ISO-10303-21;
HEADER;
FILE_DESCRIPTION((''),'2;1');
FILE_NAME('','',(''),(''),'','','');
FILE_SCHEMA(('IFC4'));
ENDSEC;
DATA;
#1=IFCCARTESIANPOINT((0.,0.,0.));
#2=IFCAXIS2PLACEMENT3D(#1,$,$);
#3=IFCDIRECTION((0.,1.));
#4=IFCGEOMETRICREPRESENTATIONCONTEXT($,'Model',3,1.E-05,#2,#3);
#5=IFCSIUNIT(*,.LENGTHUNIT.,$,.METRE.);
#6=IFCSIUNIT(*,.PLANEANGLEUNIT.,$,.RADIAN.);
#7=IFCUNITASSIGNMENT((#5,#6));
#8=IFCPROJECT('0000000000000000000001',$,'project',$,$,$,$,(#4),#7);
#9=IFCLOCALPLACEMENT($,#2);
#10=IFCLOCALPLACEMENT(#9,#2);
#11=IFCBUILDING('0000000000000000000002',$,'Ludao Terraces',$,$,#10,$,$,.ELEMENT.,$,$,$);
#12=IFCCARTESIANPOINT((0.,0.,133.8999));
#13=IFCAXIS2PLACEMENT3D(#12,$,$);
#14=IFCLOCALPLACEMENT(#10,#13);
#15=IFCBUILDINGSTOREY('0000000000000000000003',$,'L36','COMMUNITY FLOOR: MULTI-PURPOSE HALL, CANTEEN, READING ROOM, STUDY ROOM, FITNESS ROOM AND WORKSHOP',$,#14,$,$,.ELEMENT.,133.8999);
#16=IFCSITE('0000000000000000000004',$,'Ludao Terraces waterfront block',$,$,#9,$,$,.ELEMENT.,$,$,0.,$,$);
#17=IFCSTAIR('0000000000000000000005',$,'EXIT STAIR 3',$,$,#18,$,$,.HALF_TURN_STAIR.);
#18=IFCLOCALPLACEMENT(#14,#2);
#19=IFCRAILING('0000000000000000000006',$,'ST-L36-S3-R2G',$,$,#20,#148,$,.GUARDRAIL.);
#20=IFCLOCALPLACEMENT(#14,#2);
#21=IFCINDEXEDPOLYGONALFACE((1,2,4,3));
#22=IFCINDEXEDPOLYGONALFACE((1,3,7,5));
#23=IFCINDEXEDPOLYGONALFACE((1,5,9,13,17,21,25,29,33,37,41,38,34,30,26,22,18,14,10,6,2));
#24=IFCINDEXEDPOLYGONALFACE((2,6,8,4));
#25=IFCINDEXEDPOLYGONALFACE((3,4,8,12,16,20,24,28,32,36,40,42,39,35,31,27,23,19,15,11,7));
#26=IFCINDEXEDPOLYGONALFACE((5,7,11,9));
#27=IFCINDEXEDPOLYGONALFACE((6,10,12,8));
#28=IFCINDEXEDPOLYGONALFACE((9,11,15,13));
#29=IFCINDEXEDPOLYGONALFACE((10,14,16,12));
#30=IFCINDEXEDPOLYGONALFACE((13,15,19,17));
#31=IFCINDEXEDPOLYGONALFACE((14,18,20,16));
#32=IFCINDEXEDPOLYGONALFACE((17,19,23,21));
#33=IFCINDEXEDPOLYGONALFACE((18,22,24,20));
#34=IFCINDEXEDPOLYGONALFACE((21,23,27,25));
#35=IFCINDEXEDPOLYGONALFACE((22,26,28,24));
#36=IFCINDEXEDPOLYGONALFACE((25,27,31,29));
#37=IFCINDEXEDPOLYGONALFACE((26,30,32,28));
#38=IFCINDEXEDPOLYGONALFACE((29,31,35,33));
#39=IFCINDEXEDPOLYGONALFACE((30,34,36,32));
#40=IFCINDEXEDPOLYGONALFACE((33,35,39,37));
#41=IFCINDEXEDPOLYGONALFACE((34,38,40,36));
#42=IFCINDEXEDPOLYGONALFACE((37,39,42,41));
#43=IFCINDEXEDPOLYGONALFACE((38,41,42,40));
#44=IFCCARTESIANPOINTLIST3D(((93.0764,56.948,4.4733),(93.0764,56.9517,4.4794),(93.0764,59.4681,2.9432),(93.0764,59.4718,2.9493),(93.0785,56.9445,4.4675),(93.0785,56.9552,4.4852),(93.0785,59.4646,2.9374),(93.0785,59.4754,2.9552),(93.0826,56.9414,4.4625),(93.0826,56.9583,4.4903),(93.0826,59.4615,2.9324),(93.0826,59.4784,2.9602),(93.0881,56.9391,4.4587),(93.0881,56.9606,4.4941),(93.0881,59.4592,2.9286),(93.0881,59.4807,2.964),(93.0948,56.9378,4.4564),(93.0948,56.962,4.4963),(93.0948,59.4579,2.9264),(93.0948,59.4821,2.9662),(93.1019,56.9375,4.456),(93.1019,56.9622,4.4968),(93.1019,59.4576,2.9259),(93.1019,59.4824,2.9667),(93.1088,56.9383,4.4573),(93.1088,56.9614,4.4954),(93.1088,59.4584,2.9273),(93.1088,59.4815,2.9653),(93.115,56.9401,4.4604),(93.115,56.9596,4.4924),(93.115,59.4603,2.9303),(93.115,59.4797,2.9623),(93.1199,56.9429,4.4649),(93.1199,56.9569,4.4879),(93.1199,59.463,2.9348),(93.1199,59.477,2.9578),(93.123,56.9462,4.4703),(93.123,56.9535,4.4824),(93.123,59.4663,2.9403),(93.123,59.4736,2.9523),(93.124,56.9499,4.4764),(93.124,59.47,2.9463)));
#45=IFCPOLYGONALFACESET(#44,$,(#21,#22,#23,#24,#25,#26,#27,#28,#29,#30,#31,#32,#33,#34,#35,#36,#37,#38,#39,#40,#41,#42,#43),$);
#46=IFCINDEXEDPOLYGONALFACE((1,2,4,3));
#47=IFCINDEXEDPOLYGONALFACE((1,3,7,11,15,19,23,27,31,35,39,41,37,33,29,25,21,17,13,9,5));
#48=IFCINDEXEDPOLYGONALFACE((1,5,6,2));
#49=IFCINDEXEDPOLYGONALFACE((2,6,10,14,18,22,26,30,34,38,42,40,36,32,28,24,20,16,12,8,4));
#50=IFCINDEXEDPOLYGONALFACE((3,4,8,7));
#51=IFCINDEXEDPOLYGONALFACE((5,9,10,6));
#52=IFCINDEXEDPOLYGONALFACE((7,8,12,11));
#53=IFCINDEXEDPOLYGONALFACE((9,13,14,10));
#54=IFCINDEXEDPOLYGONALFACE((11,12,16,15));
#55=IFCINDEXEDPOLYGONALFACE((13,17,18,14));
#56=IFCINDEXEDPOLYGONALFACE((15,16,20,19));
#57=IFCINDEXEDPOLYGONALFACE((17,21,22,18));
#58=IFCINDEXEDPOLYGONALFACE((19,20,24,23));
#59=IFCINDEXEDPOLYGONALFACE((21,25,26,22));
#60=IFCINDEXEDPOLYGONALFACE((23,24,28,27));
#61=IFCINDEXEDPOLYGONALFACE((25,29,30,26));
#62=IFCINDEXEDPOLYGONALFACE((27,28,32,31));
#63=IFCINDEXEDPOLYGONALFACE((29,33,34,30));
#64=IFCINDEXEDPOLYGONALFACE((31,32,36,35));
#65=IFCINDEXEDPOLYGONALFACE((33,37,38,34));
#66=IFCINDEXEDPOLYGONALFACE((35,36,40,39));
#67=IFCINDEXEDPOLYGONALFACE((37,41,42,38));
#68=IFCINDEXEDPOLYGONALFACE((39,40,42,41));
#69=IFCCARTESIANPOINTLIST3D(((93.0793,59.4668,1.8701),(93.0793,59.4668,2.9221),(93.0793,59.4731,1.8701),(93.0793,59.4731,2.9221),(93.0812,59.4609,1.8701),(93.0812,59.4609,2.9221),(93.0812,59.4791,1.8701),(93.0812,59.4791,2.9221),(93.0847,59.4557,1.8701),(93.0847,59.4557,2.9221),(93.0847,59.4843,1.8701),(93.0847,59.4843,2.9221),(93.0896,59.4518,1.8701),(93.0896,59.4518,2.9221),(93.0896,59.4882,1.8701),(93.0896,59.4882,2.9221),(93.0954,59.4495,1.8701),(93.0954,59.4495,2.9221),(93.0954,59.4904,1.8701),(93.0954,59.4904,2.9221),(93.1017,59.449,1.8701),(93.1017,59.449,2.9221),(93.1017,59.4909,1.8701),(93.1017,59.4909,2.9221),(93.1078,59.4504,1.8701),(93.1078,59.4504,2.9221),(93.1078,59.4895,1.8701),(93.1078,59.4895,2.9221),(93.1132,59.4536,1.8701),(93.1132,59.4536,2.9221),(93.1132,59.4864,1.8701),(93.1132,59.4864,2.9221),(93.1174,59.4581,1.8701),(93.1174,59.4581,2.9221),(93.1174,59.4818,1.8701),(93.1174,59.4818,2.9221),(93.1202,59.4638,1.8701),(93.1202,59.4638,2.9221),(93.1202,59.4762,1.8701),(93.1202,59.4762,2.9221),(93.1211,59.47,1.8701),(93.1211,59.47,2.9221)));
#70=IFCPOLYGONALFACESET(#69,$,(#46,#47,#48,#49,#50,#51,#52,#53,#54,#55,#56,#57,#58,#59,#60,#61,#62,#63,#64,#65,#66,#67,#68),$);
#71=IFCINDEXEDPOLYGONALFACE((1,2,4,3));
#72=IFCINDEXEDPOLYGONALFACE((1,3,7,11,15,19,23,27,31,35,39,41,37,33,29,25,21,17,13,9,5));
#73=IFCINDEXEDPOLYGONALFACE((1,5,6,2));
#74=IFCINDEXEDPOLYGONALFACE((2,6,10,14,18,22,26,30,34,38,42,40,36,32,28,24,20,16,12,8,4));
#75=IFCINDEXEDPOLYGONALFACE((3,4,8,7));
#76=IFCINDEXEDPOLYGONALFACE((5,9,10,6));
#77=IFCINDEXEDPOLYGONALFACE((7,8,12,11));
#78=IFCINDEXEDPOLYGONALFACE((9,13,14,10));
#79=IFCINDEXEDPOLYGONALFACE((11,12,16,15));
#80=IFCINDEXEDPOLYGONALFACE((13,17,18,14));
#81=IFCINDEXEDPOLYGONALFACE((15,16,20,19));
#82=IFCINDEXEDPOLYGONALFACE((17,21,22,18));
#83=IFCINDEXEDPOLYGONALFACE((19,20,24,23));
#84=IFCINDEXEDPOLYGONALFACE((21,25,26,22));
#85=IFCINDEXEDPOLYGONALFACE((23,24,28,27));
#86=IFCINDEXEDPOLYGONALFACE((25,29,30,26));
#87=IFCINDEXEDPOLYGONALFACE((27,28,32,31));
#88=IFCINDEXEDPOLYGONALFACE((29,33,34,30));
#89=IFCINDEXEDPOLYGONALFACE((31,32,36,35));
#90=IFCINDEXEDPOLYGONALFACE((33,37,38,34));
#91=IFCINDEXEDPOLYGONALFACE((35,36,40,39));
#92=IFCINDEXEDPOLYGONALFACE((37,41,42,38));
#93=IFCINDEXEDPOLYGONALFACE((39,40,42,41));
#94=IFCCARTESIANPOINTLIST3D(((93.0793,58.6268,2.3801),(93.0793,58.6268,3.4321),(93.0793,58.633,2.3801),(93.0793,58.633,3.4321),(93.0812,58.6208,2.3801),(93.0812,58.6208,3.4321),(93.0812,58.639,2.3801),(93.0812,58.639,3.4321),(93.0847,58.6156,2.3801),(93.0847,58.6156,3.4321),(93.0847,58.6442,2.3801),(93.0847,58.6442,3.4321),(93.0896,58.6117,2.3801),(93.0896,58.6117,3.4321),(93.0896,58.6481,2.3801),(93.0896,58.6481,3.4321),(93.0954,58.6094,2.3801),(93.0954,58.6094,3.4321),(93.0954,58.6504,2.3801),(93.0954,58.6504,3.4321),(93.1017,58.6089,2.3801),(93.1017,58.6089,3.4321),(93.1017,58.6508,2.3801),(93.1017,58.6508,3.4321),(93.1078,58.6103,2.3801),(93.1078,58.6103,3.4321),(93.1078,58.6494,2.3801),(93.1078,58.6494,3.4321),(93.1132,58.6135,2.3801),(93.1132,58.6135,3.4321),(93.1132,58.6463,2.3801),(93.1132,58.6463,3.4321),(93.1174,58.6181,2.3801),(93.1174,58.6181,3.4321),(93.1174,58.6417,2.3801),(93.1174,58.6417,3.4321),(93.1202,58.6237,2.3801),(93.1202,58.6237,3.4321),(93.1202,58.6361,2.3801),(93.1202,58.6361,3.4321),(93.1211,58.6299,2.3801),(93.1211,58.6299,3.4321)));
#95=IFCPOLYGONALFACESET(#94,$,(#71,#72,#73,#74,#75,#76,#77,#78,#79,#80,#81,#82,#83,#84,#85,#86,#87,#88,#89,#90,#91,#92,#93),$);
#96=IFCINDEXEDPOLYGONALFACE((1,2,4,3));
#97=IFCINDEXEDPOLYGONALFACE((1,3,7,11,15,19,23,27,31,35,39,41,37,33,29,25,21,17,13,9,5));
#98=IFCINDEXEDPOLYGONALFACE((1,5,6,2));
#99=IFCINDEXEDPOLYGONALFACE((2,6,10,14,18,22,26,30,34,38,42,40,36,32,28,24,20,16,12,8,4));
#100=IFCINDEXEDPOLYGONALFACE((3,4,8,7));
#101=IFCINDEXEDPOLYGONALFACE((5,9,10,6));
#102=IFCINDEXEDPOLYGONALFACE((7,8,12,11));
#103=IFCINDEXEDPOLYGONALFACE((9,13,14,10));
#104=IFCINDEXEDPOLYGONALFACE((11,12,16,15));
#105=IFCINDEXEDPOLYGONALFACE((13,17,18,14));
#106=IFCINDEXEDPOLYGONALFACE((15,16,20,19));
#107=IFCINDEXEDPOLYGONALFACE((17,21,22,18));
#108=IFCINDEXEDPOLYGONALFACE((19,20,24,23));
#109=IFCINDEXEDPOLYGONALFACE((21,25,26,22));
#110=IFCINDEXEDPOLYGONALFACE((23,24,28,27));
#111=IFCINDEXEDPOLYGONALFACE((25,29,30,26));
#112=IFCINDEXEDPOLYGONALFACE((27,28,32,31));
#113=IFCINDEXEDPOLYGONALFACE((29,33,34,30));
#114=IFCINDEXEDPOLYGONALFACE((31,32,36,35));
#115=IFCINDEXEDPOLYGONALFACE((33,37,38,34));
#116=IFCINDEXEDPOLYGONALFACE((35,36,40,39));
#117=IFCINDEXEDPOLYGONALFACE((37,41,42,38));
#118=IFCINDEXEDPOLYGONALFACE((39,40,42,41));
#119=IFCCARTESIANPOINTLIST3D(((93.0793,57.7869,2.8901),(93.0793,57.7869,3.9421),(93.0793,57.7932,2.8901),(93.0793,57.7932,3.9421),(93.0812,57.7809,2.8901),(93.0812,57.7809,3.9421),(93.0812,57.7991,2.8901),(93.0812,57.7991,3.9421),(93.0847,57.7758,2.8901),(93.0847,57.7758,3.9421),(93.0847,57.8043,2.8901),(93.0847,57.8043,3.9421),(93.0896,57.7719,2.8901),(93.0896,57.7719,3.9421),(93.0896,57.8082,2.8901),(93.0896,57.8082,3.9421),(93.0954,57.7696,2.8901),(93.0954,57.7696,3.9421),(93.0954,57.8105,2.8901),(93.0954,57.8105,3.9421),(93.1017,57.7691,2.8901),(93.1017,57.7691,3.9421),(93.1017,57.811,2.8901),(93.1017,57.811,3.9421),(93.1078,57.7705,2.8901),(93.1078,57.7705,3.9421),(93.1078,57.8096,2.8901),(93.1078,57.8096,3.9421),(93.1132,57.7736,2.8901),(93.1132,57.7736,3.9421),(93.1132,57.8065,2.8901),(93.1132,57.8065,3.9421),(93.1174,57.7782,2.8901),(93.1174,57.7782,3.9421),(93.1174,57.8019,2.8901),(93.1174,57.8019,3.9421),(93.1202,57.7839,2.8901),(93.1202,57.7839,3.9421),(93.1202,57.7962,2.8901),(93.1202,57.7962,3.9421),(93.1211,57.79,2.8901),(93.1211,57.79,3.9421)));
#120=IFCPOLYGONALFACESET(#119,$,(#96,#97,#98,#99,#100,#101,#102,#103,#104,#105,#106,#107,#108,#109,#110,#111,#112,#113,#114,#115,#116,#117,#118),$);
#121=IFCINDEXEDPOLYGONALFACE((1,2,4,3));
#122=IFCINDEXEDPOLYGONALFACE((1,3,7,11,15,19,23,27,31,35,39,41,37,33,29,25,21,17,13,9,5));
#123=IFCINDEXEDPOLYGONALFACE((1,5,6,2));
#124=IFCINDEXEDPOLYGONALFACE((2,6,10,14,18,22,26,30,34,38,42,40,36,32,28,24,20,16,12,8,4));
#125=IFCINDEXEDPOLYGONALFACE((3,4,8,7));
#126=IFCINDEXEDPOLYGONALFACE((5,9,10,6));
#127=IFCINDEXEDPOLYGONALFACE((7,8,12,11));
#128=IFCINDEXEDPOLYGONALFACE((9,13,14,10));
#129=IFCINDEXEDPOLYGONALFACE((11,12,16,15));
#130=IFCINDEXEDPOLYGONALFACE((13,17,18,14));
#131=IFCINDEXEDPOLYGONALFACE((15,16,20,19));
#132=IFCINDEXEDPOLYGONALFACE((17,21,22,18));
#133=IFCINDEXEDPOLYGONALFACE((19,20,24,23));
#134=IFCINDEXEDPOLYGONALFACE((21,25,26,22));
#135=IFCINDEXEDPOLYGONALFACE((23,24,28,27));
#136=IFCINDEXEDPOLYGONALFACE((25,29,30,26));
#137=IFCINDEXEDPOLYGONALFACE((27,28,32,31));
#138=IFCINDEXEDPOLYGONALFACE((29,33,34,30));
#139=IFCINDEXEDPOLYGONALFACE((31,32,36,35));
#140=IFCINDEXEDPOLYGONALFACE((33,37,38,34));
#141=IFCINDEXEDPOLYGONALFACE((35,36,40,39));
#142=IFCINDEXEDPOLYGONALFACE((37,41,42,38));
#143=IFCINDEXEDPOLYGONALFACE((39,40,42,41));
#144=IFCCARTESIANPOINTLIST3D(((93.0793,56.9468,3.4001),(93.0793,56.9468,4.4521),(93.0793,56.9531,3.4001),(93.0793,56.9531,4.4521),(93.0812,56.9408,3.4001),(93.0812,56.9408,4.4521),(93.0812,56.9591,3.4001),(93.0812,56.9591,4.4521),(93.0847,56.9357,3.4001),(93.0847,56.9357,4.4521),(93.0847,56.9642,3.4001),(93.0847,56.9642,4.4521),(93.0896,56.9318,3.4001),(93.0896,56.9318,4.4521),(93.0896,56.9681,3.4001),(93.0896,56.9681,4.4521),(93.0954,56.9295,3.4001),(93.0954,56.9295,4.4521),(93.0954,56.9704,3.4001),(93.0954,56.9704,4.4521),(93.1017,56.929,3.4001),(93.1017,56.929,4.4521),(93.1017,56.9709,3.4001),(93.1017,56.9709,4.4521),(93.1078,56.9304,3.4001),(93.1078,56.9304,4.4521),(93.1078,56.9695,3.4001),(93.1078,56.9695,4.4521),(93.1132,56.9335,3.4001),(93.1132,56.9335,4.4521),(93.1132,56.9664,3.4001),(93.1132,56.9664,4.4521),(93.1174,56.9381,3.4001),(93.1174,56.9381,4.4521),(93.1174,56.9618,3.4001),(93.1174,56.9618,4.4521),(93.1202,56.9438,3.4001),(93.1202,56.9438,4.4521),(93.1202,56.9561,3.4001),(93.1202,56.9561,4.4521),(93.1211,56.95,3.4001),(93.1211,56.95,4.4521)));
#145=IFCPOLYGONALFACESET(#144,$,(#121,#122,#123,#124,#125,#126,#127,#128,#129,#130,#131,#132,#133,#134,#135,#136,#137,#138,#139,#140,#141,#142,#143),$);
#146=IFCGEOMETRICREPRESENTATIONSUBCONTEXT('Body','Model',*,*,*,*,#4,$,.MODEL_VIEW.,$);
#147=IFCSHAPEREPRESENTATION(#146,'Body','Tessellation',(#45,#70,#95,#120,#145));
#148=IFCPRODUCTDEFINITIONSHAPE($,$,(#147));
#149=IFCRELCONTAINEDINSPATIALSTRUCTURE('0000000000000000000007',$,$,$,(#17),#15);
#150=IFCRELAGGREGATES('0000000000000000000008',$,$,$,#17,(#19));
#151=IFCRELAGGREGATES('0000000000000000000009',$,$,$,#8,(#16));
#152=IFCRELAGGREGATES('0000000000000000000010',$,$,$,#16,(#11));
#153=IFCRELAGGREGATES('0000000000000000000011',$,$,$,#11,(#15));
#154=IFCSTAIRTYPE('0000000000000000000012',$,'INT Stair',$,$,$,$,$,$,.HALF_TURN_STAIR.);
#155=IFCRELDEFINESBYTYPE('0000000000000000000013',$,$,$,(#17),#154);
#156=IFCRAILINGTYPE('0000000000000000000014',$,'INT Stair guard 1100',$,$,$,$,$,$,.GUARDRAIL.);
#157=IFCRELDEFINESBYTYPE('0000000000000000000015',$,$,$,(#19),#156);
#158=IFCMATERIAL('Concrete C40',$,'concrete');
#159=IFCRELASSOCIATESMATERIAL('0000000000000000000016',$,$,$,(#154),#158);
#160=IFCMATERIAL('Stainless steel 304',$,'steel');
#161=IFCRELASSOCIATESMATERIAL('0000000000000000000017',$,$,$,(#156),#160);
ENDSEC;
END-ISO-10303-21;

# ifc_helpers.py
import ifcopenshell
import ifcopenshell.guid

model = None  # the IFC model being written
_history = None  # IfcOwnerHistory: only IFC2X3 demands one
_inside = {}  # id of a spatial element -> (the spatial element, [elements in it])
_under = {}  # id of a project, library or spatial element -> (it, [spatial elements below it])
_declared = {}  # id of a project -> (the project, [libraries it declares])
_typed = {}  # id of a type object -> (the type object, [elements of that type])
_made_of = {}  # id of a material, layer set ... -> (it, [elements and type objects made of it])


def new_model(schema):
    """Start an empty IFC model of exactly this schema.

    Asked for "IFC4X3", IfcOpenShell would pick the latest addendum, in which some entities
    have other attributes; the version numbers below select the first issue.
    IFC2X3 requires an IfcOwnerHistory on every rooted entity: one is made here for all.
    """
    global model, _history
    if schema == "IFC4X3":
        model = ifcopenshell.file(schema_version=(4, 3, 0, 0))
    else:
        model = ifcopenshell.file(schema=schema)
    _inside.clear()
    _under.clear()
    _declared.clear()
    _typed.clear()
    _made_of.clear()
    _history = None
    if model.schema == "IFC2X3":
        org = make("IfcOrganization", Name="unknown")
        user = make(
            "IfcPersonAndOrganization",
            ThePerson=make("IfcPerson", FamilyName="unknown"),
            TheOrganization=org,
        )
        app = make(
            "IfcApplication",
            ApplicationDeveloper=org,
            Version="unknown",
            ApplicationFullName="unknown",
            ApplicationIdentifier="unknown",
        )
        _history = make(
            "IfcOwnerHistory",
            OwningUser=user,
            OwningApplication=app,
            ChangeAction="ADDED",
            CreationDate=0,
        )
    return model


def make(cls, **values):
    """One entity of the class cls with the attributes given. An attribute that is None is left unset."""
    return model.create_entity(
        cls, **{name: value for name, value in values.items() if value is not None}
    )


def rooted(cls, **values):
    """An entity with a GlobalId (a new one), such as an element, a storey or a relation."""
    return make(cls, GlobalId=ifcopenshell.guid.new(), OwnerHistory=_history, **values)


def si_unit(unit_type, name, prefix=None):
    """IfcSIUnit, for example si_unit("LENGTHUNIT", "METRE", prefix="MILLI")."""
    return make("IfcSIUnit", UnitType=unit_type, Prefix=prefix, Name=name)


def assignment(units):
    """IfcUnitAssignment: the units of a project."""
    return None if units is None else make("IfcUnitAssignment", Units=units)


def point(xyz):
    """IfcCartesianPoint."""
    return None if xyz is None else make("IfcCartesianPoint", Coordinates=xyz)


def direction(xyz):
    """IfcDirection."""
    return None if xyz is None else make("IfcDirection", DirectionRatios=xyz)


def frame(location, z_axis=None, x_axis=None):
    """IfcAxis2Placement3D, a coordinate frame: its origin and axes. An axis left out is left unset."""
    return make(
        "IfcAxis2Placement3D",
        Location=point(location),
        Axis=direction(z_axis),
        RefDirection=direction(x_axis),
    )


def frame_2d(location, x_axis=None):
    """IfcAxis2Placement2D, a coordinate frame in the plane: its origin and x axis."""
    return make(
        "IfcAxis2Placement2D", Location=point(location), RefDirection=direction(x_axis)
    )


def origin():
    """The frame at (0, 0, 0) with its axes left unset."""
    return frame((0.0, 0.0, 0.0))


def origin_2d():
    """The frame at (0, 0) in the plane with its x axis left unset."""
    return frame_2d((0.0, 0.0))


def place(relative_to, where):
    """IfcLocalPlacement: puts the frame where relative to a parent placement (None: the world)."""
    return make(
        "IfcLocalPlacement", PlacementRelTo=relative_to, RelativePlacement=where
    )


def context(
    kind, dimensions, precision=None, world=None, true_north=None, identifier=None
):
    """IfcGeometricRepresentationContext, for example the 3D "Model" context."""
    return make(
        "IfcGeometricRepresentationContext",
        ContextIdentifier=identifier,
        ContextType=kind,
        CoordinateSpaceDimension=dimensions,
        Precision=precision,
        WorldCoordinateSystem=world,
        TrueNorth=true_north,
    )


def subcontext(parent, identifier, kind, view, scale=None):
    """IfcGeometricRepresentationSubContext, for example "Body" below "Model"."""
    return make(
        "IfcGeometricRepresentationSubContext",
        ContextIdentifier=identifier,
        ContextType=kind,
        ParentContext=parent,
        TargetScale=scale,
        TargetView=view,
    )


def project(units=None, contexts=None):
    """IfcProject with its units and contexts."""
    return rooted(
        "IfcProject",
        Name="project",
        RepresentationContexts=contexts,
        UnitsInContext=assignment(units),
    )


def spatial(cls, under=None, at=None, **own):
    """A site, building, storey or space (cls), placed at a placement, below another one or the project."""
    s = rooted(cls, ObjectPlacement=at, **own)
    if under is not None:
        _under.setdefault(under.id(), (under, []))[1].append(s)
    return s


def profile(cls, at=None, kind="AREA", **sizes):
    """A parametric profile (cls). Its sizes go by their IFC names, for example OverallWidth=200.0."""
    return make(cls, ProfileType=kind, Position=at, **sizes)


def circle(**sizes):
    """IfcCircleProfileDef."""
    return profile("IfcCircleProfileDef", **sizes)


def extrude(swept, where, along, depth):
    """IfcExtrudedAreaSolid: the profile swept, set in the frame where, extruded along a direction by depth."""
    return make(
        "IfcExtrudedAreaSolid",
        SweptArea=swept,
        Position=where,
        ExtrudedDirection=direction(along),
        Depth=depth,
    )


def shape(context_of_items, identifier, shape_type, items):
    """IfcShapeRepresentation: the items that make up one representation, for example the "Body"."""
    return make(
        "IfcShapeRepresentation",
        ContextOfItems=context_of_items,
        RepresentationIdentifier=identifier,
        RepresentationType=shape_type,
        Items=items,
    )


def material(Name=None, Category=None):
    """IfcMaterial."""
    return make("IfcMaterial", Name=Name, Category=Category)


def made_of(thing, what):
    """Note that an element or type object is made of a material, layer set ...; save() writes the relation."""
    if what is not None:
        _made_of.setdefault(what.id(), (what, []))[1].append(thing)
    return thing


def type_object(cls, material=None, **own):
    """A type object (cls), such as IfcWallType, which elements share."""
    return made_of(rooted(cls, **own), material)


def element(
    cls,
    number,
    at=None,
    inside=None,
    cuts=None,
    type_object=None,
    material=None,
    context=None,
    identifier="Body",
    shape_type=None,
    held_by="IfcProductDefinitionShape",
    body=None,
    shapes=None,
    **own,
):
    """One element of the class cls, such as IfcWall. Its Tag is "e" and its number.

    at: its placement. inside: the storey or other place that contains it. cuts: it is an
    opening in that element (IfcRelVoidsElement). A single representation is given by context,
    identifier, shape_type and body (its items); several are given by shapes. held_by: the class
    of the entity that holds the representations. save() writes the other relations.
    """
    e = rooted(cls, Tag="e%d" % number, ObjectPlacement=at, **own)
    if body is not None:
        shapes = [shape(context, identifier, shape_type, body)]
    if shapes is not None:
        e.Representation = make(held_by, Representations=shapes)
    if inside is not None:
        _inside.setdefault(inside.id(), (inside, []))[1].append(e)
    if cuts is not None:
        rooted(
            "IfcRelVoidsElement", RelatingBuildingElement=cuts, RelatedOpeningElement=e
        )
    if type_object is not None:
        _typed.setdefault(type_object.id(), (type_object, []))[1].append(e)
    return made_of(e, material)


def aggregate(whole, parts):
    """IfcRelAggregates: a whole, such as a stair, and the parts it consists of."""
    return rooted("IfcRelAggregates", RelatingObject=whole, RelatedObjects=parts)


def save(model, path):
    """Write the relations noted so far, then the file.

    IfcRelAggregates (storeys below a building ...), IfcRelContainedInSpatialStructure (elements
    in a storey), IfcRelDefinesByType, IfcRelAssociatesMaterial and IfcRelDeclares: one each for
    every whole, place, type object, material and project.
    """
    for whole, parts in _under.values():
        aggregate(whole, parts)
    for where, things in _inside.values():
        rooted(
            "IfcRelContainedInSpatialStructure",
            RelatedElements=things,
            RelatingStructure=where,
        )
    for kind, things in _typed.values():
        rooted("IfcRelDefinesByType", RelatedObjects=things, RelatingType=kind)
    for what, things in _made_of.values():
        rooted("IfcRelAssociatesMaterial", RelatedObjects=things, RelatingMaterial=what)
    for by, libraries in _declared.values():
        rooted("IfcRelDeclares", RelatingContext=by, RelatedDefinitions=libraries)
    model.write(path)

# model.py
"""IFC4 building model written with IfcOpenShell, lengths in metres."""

from ifc_helpers import new_model, si_unit, direction, frame, origin, origin_2d, place, context, subcontext, project, spatial, circle, extrude, material, type_object, element, aggregate, save


model = new_model("IFC4")

# Units and contexts
model_context = context("Model", 3, precision=1e-05, world=origin(), true_north=direction((0.0, 1.0)))
body_context = subcontext(model_context, "Body", "Model", "MODEL_VIEW")
ifc_project = project(units=[si_unit("LENGTHUNIT", "METRE"), si_unit("PLANEANGLEUNIT", "RADIAN")], contexts=[model_context])

# Site, building, storey
site_placement = place(None, origin())
site = spatial("IfcSite", under=ifc_project, at=site_placement, Name="Ludao Terraces waterfront block", CompositionType="ELEMENT", RefElevation=0.0)
building_placement = place(site_placement, origin())
building = spatial("IfcBuilding", under=site, at=building_placement, Name="Ludao Terraces", CompositionType="ELEMENT")
storey_placement = place(building_placement, frame((0.0, 0.0, 133.8999)))
storey = spatial("IfcBuildingStorey", under=building, at=storey_placement, Name="L36", Description="COMMUNITY FLOOR: MULTI-PURPOSE HALL, CANTEEN, READING ROOM, STUDY ROOM, FITNESS ROOM AND WORKSHOP", CompositionType="ELEMENT", Elevation=133.8999)

# Shared definitions
ifc_material_1 = material(Name="Concrete C40", Category="concrete")

# Shared definitions
ifc_material_2 = material(Name="Stainless steel 304", Category="steel")

# Stair, railing
stair_type = type_object("IfcStairType", Name="INT Stair", PredefinedType="HALF_TURN_STAIR", material=ifc_material_1)
stair_placement = place(storey_placement, origin())
stair = element("IfcStair", 1, at=stair_placement, inside=storey, type_object=stair_type, Name="EXIT STAIR 3", PredefinedType="HALF_TURN_STAIR")
railing_type_1 = type_object("IfcRailingType", Name="INT Stair guard 1100", PredefinedType="GUARDRAIL", material=ifc_material_2)
railing_1_placement = place(storey_placement, frame((93.1001, 59.47, 1.8701)))
railing_1 = element("IfcRailing", 2, at=railing_1_placement, type_object=railing_type_1, Name="ST-L36-S3-R2G", PredefinedType="GUARDRAIL", context=body_context, shape_type="SweptSolid", body=[
    extrude(circle(Radius=0.0239, at=origin_2d()), frame((0.0, 0.0, 1.0762), z_axis=(0.0, -0.854785, 0.518982), x_axis=(1.0, 0.0, 0.0)), (0.0, 0.0, 1.0), 2.9482),
    extrude(circle(Radius=0.021, at=origin_2d()), origin(), (0.0, 0.0, 1.0), 1.052),
    extrude(circle(Radius=0.021, at=origin_2d()), frame((0.0, -0.8401, 0.51)), (0.0, 0.0, 1.0), 1.052),
    extrude(circle(Radius=0.021, at=origin_2d()), frame((0.0, -1.6799, 1.02)), (0.0, 0.0, 1.0), 1.052),
    extrude(circle(Radius=0.021, at=origin_2d()), frame((0.0, -2.52, 1.53)), (0.0, 0.0, 1.0), 1.052),
])
aggregate(stair, [railing_1])

save(model, "model.ifc")
